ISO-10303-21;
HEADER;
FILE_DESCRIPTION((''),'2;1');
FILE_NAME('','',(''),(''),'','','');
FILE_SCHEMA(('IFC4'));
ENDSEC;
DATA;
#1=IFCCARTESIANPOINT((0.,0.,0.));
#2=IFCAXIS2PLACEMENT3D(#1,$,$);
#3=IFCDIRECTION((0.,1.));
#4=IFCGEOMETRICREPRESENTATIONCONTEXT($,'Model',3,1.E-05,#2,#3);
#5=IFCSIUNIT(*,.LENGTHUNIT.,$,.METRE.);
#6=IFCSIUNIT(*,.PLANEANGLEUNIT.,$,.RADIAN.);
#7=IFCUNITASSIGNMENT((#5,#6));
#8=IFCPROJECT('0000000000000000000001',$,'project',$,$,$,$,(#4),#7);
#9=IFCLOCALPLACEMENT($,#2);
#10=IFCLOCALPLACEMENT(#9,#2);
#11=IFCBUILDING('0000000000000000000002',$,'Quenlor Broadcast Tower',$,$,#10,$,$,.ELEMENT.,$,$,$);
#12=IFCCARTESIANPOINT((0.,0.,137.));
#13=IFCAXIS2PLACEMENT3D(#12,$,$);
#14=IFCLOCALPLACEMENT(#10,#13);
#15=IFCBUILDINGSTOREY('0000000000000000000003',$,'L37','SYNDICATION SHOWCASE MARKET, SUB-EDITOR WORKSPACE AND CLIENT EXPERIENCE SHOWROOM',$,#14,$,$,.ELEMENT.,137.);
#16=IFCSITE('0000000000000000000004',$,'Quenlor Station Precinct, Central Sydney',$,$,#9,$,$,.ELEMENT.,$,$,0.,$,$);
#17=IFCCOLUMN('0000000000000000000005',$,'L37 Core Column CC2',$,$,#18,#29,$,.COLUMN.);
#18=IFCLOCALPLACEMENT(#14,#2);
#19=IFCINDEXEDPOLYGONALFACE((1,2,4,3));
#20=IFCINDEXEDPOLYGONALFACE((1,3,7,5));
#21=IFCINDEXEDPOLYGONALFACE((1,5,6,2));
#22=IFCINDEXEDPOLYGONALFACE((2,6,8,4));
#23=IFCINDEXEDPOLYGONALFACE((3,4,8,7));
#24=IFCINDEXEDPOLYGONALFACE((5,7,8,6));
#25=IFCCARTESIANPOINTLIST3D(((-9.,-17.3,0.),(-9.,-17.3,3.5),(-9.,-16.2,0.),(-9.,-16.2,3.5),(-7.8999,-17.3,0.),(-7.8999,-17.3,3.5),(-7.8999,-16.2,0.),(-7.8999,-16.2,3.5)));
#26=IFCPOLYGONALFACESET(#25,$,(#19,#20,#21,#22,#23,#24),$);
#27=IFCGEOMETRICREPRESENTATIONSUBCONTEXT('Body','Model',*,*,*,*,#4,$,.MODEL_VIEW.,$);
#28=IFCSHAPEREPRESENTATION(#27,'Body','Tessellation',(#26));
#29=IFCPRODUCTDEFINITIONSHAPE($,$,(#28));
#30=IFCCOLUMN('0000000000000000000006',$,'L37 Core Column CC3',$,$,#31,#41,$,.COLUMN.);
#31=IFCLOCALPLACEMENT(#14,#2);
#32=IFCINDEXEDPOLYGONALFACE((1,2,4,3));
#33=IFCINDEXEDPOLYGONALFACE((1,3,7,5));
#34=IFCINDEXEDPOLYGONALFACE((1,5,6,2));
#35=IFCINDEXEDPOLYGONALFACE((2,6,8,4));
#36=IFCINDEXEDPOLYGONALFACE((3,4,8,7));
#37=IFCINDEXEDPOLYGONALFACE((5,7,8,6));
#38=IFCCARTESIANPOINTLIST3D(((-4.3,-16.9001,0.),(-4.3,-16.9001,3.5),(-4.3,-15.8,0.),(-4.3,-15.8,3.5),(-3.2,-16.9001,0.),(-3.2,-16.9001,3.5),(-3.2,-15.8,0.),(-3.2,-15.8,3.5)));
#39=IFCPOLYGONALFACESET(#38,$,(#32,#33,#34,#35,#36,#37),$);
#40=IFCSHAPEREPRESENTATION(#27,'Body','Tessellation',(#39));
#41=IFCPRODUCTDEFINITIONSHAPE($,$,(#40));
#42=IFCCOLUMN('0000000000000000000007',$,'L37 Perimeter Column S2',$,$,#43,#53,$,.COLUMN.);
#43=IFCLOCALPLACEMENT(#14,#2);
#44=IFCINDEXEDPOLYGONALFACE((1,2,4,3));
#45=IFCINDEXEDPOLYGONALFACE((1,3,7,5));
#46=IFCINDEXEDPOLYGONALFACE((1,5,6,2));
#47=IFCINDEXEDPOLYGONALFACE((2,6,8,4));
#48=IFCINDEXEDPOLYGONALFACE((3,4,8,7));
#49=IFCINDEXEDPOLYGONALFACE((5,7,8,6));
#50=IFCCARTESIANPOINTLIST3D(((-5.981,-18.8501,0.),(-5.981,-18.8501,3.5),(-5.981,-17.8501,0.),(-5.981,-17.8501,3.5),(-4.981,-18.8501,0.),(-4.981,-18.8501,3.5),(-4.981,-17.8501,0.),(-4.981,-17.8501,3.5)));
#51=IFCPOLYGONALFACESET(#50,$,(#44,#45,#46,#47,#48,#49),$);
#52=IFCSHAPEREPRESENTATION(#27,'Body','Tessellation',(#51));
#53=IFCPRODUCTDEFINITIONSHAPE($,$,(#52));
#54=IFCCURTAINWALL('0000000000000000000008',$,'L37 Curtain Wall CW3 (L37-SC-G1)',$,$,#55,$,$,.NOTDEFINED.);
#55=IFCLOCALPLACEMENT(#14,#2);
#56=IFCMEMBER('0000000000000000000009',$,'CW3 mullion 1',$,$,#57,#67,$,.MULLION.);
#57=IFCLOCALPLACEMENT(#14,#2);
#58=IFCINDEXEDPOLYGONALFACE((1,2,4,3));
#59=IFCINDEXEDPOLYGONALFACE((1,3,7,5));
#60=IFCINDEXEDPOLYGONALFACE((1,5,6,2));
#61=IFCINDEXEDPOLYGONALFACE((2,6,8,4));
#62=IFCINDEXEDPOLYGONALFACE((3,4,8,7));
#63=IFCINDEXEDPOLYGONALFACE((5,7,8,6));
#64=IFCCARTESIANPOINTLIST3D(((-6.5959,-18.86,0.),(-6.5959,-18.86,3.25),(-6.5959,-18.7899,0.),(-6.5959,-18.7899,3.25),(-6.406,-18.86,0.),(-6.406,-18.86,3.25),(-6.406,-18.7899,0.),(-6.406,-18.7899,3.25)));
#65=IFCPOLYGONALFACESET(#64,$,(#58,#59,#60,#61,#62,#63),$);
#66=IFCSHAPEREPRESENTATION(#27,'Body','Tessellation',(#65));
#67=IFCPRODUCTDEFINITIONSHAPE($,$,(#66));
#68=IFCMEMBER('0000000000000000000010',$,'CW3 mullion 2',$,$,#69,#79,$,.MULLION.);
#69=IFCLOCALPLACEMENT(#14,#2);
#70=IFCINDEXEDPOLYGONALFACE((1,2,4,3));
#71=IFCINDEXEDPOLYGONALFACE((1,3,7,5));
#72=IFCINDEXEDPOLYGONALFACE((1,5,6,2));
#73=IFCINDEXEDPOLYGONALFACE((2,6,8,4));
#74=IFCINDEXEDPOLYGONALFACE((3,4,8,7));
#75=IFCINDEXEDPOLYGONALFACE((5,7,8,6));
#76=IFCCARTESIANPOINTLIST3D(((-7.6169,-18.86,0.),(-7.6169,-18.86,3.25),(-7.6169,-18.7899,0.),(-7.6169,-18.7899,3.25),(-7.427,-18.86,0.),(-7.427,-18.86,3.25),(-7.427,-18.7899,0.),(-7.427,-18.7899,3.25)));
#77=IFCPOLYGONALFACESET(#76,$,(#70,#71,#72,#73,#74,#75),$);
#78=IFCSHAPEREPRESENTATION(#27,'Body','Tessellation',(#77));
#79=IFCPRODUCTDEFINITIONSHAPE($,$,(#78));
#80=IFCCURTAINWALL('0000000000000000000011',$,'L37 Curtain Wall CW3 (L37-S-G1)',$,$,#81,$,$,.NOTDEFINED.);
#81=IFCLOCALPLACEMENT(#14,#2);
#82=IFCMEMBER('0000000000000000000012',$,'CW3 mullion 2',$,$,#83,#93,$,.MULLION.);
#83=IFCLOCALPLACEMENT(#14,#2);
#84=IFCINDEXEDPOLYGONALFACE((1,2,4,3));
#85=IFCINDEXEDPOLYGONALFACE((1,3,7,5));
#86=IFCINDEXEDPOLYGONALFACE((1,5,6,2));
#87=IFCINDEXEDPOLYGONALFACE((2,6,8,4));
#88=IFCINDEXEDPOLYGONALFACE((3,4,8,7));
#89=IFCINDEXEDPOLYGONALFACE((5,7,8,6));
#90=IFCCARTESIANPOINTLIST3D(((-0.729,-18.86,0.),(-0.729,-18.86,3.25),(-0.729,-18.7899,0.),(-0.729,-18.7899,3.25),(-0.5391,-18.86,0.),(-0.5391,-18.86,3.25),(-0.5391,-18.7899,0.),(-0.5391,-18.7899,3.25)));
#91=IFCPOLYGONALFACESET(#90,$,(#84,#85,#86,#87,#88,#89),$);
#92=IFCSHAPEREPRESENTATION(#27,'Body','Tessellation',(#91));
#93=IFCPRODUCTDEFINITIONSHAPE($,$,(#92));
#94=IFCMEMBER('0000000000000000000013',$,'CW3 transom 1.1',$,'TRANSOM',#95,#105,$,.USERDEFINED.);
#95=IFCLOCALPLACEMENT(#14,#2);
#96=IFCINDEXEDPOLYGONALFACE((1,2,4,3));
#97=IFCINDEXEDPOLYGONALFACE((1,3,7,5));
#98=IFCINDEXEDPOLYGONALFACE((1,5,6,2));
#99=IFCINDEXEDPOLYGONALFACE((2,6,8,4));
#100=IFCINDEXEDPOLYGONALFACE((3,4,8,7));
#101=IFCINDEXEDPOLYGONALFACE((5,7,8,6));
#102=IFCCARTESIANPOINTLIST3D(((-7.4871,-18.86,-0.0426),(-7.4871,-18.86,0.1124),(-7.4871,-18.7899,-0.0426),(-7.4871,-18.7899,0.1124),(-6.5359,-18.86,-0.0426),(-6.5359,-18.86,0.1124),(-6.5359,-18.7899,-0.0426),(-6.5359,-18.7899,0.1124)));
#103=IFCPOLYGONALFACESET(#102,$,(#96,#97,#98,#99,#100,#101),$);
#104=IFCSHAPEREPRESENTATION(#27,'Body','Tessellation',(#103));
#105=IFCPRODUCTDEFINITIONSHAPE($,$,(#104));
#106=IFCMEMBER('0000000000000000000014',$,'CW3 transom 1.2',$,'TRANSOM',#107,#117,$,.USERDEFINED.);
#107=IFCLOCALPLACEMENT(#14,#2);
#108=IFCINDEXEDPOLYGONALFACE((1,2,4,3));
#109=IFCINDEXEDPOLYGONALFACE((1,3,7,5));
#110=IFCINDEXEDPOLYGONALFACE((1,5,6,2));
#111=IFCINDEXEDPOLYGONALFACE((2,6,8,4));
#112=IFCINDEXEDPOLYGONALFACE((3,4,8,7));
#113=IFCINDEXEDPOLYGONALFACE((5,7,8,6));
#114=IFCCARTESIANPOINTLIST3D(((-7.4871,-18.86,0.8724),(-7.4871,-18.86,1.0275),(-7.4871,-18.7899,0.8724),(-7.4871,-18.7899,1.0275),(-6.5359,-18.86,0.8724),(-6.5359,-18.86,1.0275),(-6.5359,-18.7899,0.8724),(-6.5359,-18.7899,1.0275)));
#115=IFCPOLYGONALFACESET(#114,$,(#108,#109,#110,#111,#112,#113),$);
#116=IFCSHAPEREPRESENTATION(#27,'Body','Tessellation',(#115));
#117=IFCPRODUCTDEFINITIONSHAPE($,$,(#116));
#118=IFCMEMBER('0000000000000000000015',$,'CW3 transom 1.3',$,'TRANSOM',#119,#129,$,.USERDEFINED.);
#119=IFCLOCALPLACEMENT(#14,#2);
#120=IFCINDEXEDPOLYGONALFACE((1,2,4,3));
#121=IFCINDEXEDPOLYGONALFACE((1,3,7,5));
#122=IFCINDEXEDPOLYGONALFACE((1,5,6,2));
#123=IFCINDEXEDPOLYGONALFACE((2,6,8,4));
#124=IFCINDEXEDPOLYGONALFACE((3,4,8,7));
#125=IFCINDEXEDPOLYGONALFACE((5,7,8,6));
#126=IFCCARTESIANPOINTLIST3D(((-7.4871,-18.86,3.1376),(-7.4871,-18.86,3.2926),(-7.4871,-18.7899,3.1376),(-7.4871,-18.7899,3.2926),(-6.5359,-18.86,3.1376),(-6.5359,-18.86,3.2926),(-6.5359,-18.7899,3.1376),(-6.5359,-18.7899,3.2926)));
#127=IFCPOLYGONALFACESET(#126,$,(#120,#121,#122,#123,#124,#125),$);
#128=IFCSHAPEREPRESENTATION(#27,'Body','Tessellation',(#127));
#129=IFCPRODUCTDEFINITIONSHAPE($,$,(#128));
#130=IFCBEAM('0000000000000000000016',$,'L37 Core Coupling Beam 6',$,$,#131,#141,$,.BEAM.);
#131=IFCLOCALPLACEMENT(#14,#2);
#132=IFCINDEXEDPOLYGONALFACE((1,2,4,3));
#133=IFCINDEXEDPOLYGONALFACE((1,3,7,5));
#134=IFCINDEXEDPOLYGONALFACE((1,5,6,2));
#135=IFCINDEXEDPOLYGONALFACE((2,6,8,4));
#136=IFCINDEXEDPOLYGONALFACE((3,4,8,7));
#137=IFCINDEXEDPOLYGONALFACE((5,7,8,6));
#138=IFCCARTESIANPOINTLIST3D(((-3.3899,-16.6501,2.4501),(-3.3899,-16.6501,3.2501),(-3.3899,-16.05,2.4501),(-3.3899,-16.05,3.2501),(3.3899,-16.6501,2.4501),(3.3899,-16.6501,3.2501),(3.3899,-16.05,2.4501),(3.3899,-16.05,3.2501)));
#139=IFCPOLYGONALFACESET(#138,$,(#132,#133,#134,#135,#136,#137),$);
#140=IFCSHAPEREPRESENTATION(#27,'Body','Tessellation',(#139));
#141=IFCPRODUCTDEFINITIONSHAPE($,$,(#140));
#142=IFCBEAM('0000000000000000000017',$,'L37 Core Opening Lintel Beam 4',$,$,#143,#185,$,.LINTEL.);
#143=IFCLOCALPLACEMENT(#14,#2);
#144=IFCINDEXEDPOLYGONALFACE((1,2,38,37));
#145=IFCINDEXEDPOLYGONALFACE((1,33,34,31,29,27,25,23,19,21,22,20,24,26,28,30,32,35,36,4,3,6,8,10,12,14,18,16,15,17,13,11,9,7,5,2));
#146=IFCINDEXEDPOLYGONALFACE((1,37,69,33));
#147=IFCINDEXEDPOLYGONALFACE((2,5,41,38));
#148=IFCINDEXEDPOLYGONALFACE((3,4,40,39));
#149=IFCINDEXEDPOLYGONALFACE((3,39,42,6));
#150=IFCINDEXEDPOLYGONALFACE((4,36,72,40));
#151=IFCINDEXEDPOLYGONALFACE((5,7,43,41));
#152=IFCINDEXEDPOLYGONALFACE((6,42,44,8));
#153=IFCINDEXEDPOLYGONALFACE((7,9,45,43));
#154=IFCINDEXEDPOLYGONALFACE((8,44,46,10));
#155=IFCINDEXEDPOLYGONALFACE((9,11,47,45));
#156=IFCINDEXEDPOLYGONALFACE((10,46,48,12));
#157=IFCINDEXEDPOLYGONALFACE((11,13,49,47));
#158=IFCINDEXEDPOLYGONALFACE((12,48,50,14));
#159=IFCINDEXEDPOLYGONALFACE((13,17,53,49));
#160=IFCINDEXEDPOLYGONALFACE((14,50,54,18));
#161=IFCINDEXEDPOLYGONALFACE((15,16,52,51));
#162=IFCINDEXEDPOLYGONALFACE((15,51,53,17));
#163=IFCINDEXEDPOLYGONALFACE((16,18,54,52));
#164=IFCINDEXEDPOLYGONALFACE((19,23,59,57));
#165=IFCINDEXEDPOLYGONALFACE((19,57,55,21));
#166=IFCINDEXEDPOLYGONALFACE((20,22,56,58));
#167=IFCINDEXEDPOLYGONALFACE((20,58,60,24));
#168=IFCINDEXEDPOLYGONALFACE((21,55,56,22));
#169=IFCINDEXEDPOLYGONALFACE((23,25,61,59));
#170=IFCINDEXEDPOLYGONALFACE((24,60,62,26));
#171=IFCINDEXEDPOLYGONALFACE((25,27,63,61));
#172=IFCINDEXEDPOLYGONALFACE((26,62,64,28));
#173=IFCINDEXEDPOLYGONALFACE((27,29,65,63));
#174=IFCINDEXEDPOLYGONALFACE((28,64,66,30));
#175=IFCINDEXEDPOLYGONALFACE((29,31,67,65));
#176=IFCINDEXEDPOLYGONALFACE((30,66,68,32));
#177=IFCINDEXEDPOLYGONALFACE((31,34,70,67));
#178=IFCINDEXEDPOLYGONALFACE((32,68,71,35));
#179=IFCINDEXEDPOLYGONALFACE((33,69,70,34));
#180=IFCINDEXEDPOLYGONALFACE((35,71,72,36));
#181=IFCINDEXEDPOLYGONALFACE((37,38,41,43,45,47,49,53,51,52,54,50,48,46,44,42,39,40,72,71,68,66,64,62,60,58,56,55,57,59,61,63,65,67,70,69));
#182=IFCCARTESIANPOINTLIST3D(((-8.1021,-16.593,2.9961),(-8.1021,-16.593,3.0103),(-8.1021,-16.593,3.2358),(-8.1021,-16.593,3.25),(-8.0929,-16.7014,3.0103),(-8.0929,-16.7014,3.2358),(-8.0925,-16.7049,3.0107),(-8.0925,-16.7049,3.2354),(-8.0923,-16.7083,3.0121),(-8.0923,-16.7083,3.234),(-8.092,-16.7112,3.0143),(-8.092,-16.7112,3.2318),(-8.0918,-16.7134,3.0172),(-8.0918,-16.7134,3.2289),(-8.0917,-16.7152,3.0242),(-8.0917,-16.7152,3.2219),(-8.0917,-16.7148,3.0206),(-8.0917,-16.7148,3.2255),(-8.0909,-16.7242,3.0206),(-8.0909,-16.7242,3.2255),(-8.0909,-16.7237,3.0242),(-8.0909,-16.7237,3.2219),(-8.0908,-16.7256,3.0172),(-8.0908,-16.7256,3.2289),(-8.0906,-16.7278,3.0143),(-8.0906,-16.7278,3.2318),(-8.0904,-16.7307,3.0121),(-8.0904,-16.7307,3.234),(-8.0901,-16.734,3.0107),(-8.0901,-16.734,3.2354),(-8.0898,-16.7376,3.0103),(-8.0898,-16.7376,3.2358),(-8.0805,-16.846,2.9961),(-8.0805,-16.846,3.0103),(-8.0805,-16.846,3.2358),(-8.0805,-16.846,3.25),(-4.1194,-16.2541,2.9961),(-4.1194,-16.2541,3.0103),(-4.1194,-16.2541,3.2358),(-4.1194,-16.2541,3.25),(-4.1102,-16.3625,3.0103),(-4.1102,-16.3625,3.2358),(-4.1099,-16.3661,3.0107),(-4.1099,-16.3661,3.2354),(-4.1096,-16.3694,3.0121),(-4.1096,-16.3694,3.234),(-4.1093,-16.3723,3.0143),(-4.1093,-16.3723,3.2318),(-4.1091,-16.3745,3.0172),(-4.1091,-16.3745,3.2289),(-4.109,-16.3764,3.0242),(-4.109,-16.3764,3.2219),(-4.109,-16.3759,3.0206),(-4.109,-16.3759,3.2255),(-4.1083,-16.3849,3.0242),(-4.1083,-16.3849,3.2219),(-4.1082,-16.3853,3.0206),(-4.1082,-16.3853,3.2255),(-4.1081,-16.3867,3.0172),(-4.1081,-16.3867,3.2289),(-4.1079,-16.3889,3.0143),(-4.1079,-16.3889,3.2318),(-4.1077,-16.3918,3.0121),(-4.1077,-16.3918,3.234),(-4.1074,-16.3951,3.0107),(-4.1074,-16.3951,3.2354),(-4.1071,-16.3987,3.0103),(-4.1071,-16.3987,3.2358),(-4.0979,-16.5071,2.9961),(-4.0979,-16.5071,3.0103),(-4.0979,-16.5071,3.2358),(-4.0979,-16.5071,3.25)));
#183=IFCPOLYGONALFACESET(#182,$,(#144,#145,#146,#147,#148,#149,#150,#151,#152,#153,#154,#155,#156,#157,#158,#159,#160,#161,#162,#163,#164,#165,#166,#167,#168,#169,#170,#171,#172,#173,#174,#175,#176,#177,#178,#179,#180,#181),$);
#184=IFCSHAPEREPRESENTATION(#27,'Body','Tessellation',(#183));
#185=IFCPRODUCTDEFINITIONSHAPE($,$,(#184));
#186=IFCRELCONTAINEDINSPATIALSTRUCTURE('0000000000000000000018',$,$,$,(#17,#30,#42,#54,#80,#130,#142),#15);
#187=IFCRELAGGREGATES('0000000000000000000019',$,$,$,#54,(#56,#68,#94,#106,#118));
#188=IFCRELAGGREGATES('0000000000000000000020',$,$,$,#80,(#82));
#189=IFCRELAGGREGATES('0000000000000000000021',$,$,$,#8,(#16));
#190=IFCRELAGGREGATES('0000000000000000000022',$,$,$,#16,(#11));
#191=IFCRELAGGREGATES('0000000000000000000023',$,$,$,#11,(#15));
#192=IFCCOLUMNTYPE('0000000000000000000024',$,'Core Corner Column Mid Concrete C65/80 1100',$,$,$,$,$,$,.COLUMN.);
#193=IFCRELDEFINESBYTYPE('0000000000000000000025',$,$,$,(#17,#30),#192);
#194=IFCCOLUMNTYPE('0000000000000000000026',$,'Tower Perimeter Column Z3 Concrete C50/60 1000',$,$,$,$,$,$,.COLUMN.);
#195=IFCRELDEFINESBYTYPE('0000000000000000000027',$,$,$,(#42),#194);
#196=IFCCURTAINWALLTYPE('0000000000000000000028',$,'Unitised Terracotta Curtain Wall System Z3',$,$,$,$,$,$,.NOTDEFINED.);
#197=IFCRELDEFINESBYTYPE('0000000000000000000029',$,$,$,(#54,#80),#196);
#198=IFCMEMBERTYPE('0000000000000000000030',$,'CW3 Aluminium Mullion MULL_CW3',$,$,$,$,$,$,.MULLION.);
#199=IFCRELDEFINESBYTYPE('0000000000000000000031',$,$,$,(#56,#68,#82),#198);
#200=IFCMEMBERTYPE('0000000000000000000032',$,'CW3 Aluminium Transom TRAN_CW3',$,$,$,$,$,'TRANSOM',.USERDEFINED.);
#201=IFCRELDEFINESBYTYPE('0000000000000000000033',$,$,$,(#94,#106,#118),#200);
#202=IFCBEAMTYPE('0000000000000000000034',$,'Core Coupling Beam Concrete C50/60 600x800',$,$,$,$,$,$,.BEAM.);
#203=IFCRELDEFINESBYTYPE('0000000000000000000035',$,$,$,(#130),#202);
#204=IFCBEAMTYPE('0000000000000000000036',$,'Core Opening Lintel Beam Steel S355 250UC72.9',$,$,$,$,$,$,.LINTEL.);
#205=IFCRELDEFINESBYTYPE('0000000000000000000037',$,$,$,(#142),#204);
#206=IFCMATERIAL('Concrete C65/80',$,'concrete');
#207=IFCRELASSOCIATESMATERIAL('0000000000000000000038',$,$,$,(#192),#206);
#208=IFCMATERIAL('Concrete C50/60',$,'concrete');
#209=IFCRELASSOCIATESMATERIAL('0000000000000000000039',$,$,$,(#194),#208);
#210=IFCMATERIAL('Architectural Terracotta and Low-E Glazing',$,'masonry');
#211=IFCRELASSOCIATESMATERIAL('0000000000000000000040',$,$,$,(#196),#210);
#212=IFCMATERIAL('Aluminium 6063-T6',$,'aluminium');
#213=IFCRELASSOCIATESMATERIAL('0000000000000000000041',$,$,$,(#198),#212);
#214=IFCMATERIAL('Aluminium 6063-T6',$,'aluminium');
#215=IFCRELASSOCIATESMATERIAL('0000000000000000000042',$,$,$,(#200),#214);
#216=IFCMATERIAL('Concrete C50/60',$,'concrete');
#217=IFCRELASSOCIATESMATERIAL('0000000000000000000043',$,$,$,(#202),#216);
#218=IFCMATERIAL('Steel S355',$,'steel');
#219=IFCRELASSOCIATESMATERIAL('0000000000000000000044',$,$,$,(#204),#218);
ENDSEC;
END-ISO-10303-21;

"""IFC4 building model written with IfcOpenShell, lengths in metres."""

from ifc_helpers import new_model, si_unit, direction, frame, origin, origin_2d, place, context, subcontext, project, spatial, rectangle, i_section, extrude, material, material_profile, profile_set, type_object, element, aggregate, save


model = new_model("IFC4")

# Units and contexts
model_context = context("Model", 3, precision=1e-05, world=origin(), true_north=direction((0.0, 1.0)))
body_context = subcontext(model_context, "Body", "Model", "MODEL_VIEW")
ifc_project = project(units=[si_unit("LENGTHUNIT", "METRE"), si_unit("PLANEANGLEUNIT", "RADIAN")], contexts=[model_context])

# Site, building, storey
site_placement = place(None, origin())
site = spatial("IfcSite", under=ifc_project, at=site_placement, Name="Quenlor Station Precinct, Central Sydney", CompositionType="ELEMENT", RefElevation=0.0)
building_placement = place(site_placement, origin())
building = spatial("IfcBuilding", under=site, at=building_placement, Name="Quenlor Broadcast Tower", CompositionType="ELEMENT")
storey_placement = place(building_placement, frame((0.0, 0.0, 137.0)))
storey = spatial("IfcBuildingStorey", under=building, at=storey_placement, Name="L37", Description="SYNDICATION SHOWCASE MARKET, SUB-EDITOR WORKSPACE AND CLIENT EXPERIENCE SHOWROOM", CompositionType="ELEMENT", Elevation=137.0)

# Columns
ifc_material_1 = material(Name="Concrete C65/80", Category="concrete")
ifc_material_profile_1 = material_profile(ifc_material_1, rectangle(XDim=1.1001, YDim=1.1001, at=origin_2d()))
ifc_profile_set_1 = profile_set([ifc_material_profile_1], Name="Concrete C65/80 RC1100x1100")
column_type_1 = type_object("IfcColumnType", Name="Core Corner Column Mid Concrete C65/80 1100", PredefinedType="COLUMN", material=ifc_profile_set_1)
for number, where, z_axis, x_axis, name in (
    (1, (-8.45, -16.75, 0.0), (0.0, 0.0, 1.0), (1.0, 0.0, 0.0), "L37 Core Column CC2"),
    (2, (-3.75, -16.3501, 0.0), (0.0, 0.0, 1.0), (1.0, 0.0, 0.0), "L37 Core Column CC3"),
):
    element("IfcColumn", number, at=place(storey_placement, frame(where, z_axis=z_axis, x_axis=x_axis)), inside=storey, type_object=column_type_1, Name=name, PredefinedType="COLUMN", context=body_context, shape_type="SweptSolid", body=[
        extrude(rectangle(XDim=1.1001, YDim=1.1001, at=origin_2d()), origin(), (0.0, 0.0, 1.0), 3.5),
    ])
ifc_material_2 = material(Name="Concrete C50/60", Category="concrete")
ifc_material_profile_2 = material_profile(ifc_material_2, rectangle(XDim=1.0, YDim=1.0, at=origin_2d()))
ifc_profile_set_2 = profile_set([ifc_material_profile_2], Name="Concrete C50/60 RC1000x1000")
column_type_2 = type_object("IfcColumnType", Name="Tower Perimeter Column Z3 Concrete C50/60 1000", PredefinedType="COLUMN", material=ifc_profile_set_2)
column_placement = place(storey_placement, frame((-5.481, -18.3501, 0.0), z_axis=(0.0, 0.0, 1.0), x_axis=(0.0, 1.0, 0.0)))
element("IfcColumn", 3, at=column_placement, inside=storey, type_object=column_type_2, Name="L37 Perimeter Column S2", PredefinedType="COLUMN", context=body_context, shape_type="SweptSolid", body=[
    extrude(rectangle(XDim=1.0, YDim=1.0, at=origin_2d()), origin(), (0.0, 0.0, 1.0), 3.5),
])

# Curtain wall, members
ifc_material_3 = material(Name="Architectural Terracotta and Low-E Glazing", Category="masonry")
curtain_wall_type = type_object("IfcCurtainWallType", Name="Unitised Terracotta Curtain Wall System Z3", PredefinedType="NOTDEFINED", material=ifc_material_3)
curtain_wall_1_placement = place(storey_placement, origin())
curtain_wall_1 = element("IfcCurtainWall", 4, at=curtain_wall_1_placement, inside=storey, type_object=curtain_wall_type, Name="L37 Curtain Wall CW3 (L37-SC-G1)", PredefinedType="NOTDEFINED")
ifc_material_4 = material(Name="Aluminium 6063-T6", Category="aluminium")
ifc_material_profile_3 = material_profile(ifc_material_4, rectangle(XDim=0.0701, YDim=0.1899, at=origin_2d()))
ifc_profile_set_3 = profile_set([ifc_material_profile_3], Name="Aluminium 6063-T6 MULL70x190")
member_type_1 = type_object("IfcMemberType", Name="CW3 Aluminium Mullion MULL_CW3", PredefinedType="MULLION", material=ifc_profile_set_3)
member_1_placement = place(storey_placement, frame((-6.501, -18.825, 0.0), z_axis=(0.0, 0.0, 1.0), x_axis=(0.0, -1.0, 0.0)))
member_1 = element("IfcMember", 5, at=member_1_placement, type_object=member_type_1, Name="CW3 mullion 1", PredefinedType="MULLION", context=body_context, shape_type="SweptSolid", body=[
    extrude(rectangle(XDim=0.0701, YDim=0.1899, at=origin_2d()), origin(), (0.0, 0.0, 1.0), 3.25),
])
member_2_placement = place(storey_placement, frame((-7.522, -18.825, 0.0), z_axis=(0.0, 0.0, 1.0), x_axis=(0.0, -1.0, 0.0)))
member_2 = element("IfcMember", 6, at=member_2_placement, type_object=member_type_1, Name="CW3 mullion 2", PredefinedType="MULLION", context=body_context, shape_type="SweptSolid", body=[
    extrude(rectangle(XDim=0.0701, YDim=0.1899, at=origin_2d()), origin(), (0.0, 0.0, 1.0), 3.25),
])

# Curtain wall, member
curtain_wall_2_placement = place(storey_placement, origin())
curtain_wall_2 = element("IfcCurtainWall", 7, at=curtain_wall_2_placement, inside=storey, type_object=curtain_wall_type, Name="L37 Curtain Wall CW3 (L37-S-G1)", PredefinedType="NOTDEFINED")
member_3_placement = place(storey_placement, frame((-0.634, -18.825, 0.0), z_axis=(0.0, 0.0, 1.0), x_axis=(0.0, -1.0, 0.0)))
member_3 = element("IfcMember", 8, at=member_3_placement, type_object=member_type_1, Name="CW3 mullion 2", PredefinedType="MULLION", context=body_context, shape_type="SweptSolid", body=[
    extrude(rectangle(XDim=0.0701, YDim=0.1899, at=origin_2d()), origin(), (0.0, 0.0, 1.0), 3.25),
])

# Members
ifc_material_5 = material(Name="Aluminium 6063-T6", Category="aluminium")
ifc_material_profile_4 = material_profile(ifc_material_5, rectangle(XDim=0.0701, YDim=0.155, at=origin_2d()))
ifc_profile_set_4 = profile_set([ifc_material_profile_4], Name="Aluminium 6063-T6 TRAN70x155")
member_type_2 = type_object("IfcMemberType", Name="CW3 Aluminium Transom TRAN_CW3", ElementType="TRANSOM", PredefinedType="USERDEFINED", material=ifc_profile_set_4)
member_4_placement = place(storey_placement, frame((-6.5359, -18.825, 0.0349), z_axis=(-1.0, 0.0, 0.0), x_axis=(0.0, -1.0, 0.0)))
member_4 = element("IfcMember", 9, at=member_4_placement, type_object=member_type_2, Name="CW3 transom 1.1", ObjectType="TRANSOM", PredefinedType="USERDEFINED", context=body_context, shape_type="SweptSolid", body=[
    extrude(rectangle(XDim=0.0701, YDim=0.155, at=origin_2d()), origin(), (0.0, 0.0, 1.0), 0.9512),
])
member_5_placement = place(storey_placement, frame((-6.5359, -18.825, 0.95), z_axis=(-1.0, 0.0, 0.0), x_axis=(0.0, -1.0, 0.0)))
member_5 = element("IfcMember", 10, at=member_5_placement, type_object=member_type_2, Name="CW3 transom 1.2", ObjectType="TRANSOM", PredefinedType="USERDEFINED", context=body_context, shape_type="SweptSolid", body=[
    extrude(rectangle(XDim=0.0701, YDim=0.155, at=origin_2d()), origin(), (0.0, 0.0, 1.0), 0.9512),
])
member_6_placement = place(storey_placement, frame((-6.5359, -18.825, 3.2151), z_axis=(-1.0, 0.0, 0.0), x_axis=(0.0, -1.0, 0.0)))
member_6 = element("IfcMember", 11, at=member_6_placement, type_object=member_type_2, Name="CW3 transom 1.3", ObjectType="TRANSOM", PredefinedType="USERDEFINED", context=body_context, shape_type="SweptSolid", body=[
    extrude(rectangle(XDim=0.0701, YDim=0.155, at=origin_2d()), origin(), (0.0, 0.0, 1.0), 0.9512),
])

# Beams
ifc_material_6 = material(Name="Concrete C50/60", Category="concrete")
ifc_material_profile_5 = material_profile(ifc_material_6, rectangle(XDim=0.6001, YDim=0.8, at=origin_2d()))
ifc_profile_set_5 = profile_set([ifc_material_profile_5], Name="Concrete C50/60 RCB600x800")
beam_type_1 = type_object("IfcBeamType", Name="Core Coupling Beam Concrete C50/60 600x800", PredefinedType="BEAM", material=ifc_profile_set_5)
beam_1_placement = place(storey_placement, frame((-3.3899, -16.3501, 2.8501), z_axis=(1.0, 0.0, 0.0), x_axis=(0.0, 1.0, 0.0)))
element("IfcBeam", 12, at=beam_1_placement, inside=storey, type_object=beam_type_1, Name="L37 Core Coupling Beam 6", PredefinedType="BEAM", context=body_context, shape_type="SweptSolid", body=[
    extrude(rectangle(XDim=0.6001, YDim=0.8, at=origin_2d()), origin(), (0.0, 0.0, 1.0), 6.7798),
])
ifc_material_7 = material(Name="Steel S355", Category="steel")
ifc_material_profile_6 = material_profile(ifc_material_7, i_section(OverallWidth=0.2539, OverallDepth=0.2539, WebThickness=0.0085, FlangeThickness=0.0142, FilletRadius=0.0139, at=origin_2d()))
ifc_profile_set_6 = profile_set([ifc_material_profile_6], Name="Steel S355 250UC72.9")
beam_type_2 = type_object("IfcBeamType", Name="Core Opening Lintel Beam Steel S355 250UC72.9", PredefinedType="LINTEL", material=ifc_profile_set_6)
beam_2_placement = place(storey_placement, frame((-8.0913, -16.7195, 3.123), z_axis=(0.9964, 0.084779, 0.0), x_axis=(-0.084779, 0.9964, 0.0)))
element("IfcBeam", 13, at=beam_2_placement, inside=storey, type_object=beam_type_2, Name="L37 Core Opening Lintel Beam 4", PredefinedType="LINTEL", context=body_context, shape_type="SweptSolid", body=[
    extrude(i_section(OverallWidth=0.2539, OverallDepth=0.2539, WebThickness=0.0085, FlangeThickness=0.0142, FilletRadius=0.0139, at=origin_2d()), origin(), (0.0, 0.0, 1.0), 3.9971),
])

aggregate(curtain_wall_1, [member_1, member_2, member_4, member_5, member_6])
aggregate(curtain_wall_2, [member_3])

save(model, "model.ifc")
